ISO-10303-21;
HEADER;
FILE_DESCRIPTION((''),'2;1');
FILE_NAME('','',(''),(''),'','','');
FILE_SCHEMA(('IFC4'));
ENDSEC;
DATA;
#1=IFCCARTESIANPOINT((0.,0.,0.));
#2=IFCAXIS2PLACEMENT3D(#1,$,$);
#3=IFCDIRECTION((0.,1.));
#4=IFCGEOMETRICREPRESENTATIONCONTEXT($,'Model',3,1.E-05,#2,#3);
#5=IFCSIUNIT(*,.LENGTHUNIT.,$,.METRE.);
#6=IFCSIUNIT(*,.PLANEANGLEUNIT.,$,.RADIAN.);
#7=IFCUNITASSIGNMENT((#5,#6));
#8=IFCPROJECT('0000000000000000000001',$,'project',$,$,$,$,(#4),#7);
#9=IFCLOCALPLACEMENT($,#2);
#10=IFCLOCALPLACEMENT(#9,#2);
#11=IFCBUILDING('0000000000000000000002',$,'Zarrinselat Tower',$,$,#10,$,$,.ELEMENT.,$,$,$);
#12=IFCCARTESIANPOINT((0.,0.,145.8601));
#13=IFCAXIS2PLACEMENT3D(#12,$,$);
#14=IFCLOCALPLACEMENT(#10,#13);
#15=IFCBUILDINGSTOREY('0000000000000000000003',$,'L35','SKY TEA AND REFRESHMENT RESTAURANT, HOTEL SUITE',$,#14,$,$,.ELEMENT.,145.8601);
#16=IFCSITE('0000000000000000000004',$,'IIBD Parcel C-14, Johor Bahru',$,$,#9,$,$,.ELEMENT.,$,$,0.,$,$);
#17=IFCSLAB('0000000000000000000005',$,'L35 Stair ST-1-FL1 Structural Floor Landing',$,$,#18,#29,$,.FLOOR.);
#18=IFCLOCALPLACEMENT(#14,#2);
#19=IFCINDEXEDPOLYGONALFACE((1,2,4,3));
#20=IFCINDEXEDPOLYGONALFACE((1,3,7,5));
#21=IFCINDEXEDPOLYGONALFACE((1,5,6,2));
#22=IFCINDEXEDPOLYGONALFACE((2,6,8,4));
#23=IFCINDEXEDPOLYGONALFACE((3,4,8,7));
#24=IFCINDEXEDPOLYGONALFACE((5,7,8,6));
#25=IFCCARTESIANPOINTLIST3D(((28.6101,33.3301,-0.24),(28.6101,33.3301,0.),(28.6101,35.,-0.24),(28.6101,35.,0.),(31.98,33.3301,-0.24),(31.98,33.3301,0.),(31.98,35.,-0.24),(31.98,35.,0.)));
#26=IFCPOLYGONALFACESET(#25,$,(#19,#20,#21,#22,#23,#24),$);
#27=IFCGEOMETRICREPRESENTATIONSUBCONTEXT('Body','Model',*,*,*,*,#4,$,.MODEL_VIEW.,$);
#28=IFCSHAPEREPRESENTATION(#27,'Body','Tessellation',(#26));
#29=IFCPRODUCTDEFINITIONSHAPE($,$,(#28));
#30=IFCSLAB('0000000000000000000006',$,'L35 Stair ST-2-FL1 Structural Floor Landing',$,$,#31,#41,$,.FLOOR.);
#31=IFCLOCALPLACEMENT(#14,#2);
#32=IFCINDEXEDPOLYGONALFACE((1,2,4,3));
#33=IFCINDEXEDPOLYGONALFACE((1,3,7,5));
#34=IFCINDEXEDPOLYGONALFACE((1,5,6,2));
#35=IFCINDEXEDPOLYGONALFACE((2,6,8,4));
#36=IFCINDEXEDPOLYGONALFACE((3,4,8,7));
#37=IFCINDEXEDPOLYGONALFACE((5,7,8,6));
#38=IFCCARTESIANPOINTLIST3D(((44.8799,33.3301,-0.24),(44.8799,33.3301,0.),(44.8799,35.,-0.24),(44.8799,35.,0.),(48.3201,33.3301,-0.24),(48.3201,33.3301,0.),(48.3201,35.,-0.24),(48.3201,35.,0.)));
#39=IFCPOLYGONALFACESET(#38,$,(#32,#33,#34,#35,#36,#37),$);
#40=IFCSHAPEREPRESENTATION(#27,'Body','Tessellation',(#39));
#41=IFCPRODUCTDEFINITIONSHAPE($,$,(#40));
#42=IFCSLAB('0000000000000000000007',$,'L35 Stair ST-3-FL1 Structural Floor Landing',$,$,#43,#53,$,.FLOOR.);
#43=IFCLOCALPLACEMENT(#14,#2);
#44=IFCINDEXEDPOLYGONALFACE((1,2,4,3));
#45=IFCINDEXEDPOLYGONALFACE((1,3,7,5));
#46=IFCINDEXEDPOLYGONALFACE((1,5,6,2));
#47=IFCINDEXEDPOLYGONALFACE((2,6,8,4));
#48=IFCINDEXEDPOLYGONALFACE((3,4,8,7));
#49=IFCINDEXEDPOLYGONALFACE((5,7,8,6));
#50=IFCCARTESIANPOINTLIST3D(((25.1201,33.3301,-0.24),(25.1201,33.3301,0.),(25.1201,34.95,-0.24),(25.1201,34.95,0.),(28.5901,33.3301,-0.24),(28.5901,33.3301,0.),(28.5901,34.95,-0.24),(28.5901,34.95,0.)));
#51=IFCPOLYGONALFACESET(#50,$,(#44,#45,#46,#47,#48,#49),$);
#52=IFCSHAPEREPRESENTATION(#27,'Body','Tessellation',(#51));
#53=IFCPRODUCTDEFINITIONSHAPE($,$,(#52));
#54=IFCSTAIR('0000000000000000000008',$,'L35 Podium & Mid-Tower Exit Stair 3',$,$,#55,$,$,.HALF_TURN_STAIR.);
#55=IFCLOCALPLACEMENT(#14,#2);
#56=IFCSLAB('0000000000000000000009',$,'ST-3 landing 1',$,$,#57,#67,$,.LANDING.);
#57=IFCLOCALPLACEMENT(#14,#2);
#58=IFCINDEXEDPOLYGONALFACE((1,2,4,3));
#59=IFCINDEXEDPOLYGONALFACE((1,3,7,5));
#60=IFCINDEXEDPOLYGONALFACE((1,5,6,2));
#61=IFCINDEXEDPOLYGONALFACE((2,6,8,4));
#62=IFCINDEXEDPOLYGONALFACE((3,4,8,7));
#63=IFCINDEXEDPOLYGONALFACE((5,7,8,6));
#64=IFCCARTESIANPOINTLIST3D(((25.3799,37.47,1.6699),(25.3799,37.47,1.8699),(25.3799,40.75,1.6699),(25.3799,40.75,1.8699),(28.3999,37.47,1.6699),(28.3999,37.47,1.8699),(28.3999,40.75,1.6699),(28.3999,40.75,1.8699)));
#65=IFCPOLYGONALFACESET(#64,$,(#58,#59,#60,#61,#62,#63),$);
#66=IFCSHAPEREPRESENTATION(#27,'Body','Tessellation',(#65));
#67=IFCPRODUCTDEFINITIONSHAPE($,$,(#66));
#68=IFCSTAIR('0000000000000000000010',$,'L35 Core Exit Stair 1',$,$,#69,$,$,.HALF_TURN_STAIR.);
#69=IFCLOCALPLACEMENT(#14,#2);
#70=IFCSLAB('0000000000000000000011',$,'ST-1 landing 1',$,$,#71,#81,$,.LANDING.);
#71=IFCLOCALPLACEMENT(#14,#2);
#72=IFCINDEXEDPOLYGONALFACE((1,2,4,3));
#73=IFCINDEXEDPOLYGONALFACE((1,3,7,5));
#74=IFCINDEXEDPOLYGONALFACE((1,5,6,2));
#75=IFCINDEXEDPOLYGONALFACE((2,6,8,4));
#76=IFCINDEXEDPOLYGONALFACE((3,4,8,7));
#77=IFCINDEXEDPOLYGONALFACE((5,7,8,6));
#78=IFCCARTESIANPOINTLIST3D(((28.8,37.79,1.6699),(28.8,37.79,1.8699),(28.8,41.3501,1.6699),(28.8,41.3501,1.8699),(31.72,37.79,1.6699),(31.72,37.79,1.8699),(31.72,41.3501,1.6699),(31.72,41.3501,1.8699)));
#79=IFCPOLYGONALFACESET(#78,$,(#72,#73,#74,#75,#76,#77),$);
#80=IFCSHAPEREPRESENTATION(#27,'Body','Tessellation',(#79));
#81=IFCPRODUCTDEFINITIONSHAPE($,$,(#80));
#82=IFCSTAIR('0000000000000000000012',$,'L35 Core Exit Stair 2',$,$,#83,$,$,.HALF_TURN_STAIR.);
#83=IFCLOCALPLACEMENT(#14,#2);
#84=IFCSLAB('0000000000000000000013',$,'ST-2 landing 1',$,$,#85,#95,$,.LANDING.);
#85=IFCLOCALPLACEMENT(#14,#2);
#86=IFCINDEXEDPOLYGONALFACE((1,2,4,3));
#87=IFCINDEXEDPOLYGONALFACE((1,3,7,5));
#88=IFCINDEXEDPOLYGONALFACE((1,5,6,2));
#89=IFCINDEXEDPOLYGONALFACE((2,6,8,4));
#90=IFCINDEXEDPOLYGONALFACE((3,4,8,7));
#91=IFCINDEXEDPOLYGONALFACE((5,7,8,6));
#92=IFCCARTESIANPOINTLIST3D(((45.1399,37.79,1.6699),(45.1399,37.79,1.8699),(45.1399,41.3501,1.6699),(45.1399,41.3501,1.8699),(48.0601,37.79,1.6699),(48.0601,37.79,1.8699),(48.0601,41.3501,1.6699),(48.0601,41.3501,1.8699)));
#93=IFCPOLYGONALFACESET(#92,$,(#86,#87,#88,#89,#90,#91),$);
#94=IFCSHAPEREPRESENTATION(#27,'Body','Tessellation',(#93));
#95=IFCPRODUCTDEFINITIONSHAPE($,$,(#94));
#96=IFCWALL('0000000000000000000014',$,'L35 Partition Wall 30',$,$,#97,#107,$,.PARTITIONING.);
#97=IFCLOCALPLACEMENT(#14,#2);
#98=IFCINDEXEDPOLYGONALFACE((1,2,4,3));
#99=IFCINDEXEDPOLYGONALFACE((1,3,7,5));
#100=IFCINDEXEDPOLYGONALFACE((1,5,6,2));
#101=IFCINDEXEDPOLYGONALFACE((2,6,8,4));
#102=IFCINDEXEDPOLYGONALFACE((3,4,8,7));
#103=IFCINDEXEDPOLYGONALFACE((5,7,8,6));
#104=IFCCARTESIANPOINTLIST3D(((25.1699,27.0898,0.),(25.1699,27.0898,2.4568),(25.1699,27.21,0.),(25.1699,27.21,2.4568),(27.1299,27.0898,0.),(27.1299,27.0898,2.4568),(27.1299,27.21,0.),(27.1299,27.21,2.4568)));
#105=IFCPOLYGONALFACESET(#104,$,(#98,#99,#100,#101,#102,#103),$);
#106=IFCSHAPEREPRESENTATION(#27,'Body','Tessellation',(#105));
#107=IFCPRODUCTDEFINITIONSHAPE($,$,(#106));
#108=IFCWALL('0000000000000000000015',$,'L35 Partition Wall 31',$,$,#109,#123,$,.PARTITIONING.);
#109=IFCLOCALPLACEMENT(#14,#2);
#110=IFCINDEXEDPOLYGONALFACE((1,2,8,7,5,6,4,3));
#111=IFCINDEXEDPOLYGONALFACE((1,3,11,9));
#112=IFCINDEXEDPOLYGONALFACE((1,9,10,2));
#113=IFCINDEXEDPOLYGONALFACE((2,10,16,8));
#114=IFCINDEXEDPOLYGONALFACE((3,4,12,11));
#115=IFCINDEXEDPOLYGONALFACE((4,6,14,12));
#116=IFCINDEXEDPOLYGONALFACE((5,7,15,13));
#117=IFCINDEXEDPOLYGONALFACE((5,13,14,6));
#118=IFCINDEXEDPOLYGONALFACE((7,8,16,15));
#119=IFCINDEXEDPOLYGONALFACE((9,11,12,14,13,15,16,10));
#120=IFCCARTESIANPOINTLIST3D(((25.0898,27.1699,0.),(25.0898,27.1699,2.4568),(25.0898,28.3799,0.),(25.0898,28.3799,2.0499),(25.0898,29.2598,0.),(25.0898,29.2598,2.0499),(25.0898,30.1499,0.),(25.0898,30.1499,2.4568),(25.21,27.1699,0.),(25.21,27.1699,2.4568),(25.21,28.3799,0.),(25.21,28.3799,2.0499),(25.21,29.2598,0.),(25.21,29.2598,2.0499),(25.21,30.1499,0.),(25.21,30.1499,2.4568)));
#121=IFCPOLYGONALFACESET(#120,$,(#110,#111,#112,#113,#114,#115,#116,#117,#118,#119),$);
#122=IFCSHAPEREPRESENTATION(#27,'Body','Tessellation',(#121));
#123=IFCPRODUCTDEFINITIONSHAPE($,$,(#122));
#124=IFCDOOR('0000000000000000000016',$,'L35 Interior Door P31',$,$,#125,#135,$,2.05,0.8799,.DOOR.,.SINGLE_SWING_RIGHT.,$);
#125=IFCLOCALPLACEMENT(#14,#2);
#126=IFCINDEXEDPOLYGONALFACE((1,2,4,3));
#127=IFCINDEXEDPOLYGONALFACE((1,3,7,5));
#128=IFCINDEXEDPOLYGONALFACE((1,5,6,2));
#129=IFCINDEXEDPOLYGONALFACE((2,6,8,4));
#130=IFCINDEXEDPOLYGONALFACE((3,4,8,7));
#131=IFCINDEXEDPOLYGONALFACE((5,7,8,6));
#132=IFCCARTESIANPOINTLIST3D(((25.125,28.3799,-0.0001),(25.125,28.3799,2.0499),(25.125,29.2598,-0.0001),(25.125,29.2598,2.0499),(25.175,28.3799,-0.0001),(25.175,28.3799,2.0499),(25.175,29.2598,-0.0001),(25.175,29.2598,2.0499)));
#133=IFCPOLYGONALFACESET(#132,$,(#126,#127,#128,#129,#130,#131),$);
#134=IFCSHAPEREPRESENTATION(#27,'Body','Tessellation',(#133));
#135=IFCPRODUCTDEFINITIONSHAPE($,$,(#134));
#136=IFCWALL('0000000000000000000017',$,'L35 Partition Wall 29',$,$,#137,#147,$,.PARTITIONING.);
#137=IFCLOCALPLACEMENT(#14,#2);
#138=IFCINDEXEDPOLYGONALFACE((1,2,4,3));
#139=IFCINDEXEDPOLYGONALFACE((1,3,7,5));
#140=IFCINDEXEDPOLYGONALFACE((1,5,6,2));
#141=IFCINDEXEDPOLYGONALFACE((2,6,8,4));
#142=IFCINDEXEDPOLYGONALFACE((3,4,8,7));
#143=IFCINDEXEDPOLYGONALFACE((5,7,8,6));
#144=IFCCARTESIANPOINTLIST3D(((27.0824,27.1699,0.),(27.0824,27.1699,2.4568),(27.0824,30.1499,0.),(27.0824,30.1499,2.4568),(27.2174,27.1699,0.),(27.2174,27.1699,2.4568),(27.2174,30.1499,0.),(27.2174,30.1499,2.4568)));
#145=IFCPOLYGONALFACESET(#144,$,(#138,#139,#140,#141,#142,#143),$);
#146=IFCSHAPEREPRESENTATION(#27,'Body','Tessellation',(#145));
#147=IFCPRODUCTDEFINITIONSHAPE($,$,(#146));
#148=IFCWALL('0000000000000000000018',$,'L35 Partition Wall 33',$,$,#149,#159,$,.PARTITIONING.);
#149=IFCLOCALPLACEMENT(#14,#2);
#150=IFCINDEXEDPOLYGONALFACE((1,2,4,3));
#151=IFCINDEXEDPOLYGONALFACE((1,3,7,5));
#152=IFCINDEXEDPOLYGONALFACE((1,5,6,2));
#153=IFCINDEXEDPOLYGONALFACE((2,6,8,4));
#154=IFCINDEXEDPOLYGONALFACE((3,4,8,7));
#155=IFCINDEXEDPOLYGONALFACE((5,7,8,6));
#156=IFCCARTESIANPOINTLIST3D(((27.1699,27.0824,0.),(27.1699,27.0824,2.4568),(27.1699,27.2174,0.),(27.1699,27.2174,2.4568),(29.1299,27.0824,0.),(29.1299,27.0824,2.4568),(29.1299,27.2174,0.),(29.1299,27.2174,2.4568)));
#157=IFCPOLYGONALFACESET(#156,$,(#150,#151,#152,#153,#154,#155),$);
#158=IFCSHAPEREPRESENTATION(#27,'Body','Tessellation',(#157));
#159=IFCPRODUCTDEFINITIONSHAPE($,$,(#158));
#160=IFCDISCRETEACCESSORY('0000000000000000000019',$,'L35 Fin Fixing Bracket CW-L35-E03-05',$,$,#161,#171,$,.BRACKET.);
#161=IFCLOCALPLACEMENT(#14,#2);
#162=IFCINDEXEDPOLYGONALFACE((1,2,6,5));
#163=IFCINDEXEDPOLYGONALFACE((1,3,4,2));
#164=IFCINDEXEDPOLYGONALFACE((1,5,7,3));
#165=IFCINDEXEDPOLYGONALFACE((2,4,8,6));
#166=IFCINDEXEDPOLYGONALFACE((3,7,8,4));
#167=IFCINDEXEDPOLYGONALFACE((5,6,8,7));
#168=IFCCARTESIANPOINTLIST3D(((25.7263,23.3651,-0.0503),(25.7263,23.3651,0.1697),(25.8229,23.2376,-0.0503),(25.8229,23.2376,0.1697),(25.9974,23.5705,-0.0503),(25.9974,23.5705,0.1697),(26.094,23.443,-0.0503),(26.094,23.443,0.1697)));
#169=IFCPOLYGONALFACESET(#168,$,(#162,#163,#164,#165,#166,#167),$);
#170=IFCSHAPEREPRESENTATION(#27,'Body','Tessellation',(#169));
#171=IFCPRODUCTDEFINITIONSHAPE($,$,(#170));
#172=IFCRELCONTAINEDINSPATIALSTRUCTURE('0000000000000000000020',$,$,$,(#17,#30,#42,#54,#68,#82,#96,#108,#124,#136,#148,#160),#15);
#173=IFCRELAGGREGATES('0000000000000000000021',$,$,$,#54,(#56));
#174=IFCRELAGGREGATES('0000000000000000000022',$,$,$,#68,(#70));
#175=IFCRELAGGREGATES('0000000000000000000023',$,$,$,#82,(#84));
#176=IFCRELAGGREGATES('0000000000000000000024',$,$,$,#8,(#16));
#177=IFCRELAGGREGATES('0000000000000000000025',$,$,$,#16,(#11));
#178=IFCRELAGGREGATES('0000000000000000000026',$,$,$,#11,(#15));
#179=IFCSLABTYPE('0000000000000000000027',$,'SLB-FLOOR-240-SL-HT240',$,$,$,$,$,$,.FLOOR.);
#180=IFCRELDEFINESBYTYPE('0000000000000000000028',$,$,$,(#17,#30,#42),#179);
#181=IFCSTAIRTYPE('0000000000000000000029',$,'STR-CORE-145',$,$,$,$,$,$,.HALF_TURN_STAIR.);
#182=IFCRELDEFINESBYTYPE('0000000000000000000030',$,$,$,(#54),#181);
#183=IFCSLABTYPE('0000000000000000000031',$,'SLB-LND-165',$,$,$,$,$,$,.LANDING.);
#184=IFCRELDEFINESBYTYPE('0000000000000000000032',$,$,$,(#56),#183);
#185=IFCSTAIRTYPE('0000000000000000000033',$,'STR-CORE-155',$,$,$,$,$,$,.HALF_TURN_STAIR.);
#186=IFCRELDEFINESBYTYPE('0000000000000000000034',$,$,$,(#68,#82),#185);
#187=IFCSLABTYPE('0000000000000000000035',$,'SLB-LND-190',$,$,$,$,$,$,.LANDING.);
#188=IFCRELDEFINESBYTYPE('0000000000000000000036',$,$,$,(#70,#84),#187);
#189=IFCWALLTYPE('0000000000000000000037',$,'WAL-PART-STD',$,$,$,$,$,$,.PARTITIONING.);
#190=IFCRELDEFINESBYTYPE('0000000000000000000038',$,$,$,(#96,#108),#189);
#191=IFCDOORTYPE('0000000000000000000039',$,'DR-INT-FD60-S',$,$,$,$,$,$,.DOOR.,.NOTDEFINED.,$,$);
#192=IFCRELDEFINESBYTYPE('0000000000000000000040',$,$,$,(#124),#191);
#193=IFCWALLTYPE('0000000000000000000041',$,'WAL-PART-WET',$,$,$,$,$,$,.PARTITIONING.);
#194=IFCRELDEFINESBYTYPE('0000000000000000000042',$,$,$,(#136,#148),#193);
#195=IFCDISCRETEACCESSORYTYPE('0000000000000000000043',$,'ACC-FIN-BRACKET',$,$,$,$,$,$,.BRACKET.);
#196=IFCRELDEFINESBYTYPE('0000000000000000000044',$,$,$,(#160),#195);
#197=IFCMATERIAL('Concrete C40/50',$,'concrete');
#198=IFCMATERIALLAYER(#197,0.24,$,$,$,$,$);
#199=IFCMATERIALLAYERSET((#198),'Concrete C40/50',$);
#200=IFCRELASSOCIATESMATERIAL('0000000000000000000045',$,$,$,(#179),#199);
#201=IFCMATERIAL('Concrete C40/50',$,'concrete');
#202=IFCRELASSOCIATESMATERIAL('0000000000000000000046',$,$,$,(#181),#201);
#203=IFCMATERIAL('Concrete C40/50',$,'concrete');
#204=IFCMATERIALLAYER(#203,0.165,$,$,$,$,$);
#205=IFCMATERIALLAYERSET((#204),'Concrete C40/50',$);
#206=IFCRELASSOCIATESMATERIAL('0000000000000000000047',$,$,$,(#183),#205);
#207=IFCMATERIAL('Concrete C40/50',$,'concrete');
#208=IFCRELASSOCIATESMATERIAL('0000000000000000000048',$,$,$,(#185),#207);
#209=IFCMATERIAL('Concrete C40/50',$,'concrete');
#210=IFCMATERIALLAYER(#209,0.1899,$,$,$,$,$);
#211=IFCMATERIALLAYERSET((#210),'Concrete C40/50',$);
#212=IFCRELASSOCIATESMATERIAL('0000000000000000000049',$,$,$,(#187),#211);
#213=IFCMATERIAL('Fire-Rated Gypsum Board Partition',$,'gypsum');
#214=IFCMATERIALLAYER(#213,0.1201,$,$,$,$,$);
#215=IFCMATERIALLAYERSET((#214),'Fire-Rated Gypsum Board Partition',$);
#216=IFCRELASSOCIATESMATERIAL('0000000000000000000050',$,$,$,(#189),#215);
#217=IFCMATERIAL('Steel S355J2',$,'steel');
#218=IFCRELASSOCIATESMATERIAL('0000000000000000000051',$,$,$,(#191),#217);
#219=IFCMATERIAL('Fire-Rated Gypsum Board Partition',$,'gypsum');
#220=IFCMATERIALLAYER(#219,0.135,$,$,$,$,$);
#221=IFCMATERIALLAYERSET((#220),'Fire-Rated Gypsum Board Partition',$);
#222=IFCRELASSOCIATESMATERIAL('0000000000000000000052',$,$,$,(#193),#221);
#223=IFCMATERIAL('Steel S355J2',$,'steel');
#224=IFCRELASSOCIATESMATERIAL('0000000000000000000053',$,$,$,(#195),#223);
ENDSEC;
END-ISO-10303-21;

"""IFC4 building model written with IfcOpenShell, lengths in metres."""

from ifc_helpers import new_model, si_unit, direction, frame, frame_2d, origin, origin_2d, place, context, subcontext, project, spatial, polyline, rectangle, outline, extrude, material, layer, layer_set, type_object, element, fill, aggregate, save


model = new_model("IFC4")

# Units and contexts
model_context = context("Model", 3, precision=1e-05, world=origin(), true_north=direction((0.0, 1.0)))
body_context = subcontext(model_context, "Body", "Model", "MODEL_VIEW")
ifc_project = project(units=[si_unit("LENGTHUNIT", "METRE"), si_unit("PLANEANGLEUNIT", "RADIAN")], contexts=[model_context])

# Site, building, storey
site_placement = place(None, origin())
site = spatial("IfcSite", under=ifc_project, at=site_placement, Name="IIBD Parcel C-14, Johor Bahru", CompositionType="ELEMENT", RefElevation=0.0)
building_placement = place(site_placement, origin())
building = spatial("IfcBuilding", under=site, at=building_placement, Name="Zarrinselat Tower", CompositionType="ELEMENT")
storey_placement = place(building_placement, frame((0.0, 0.0, 145.8601)))
storey = spatial("IfcBuildingStorey", under=building, at=storey_placement, Name="L35", Description="SKY TEA AND REFRESHMENT RESTAURANT, HOTEL SUITE", CompositionType="ELEMENT", Elevation=145.8601)

# Slabs
ifc_material_1 = material(Name="Concrete C40/50", Category="concrete")
ifc_layer_1 = layer(ifc_material_1, 0.24)
ifc_layer_set_1 = layer_set([ifc_layer_1], Name="Concrete C40/50")
slab_type_1 = type_object("IfcSlabType", Name="SLB-FLOOR-240-SL-HT240", PredefinedType="FLOOR", material=ifc_layer_set_1)
slab_1_placement = place(storey_placement, frame((0.0, 0.0, -0.24)))
element("IfcSlab", 1, at=slab_1_placement, inside=storey, type_object=slab_type_1, Name="L35 Stair ST-1-FL1 Structural Floor Landing", PredefinedType="FLOOR", context=body_context, shape_type="SweptSolid", body=[
    extrude(outline(polyline([(31.98, 33.3301), (31.98, 35.0), (28.6101, 35.0), (28.6101, 33.3301), (31.98, 33.3301)])), origin(), (0.0, 0.0, 1.0), 0.24),
])
slab_2_placement = place(storey_placement, frame((0.0, 0.0, -0.24)))
element("IfcSlab", 2, at=slab_2_placement, inside=storey, type_object=slab_type_1, Name="L35 Stair ST-2-FL1 Structural Floor Landing", PredefinedType="FLOOR", context=body_context, shape_type="SweptSolid", body=[
    extrude(outline(polyline([(48.3201, 33.3301), (48.3201, 35.0), (44.8799, 35.0), (44.8799, 33.3301), (48.3201, 33.3301)])), origin(), (0.0, 0.0, 1.0), 0.24),
])
slab_3_placement = place(storey_placement, frame((0.0, 0.0, -0.24)))
element("IfcSlab", 3, at=slab_3_placement, inside=storey, type_object=slab_type_1, Name="L35 Stair ST-3-FL1 Structural Floor Landing", PredefinedType="FLOOR", context=body_context, shape_type="SweptSolid", body=[
    extrude(outline(polyline([(28.5901, 33.3301), (28.5901, 34.95), (25.1201, 34.95), (25.1201, 33.3301), (28.5901, 33.3301)])), origin(), (0.0, 0.0, 1.0), 0.24),
])

# Stairs, slabs
ifc_material_2 = material(Name="Concrete C40/50", Category="concrete")
stair_type_1 = type_object("IfcStairType", Name="STR-CORE-145", PredefinedType="HALF_TURN_STAIR", material=ifc_material_2)
stair_1_placement = place(storey_placement, origin())
stair_1 = element("IfcStair", 4, at=stair_1_placement, inside=storey, type_object=stair_type_1, Name="L35 Podium & Mid-Tower Exit Stair 3", PredefinedType="HALF_TURN_STAIR")
ifc_material_3 = material(Name="Concrete C40/50", Category="concrete")
ifc_layer_2 = layer(ifc_material_3, 0.165)
ifc_layer_set_2 = layer_set([ifc_layer_2], Name="Concrete C40/50")
slab_type_2 = type_object("IfcSlabType", Name="SLB-LND-165", PredefinedType="LANDING", material=ifc_layer_set_2)
slab_4_placement = place(storey_placement, frame((0.0, 0.0, 1.6699)))
slab_4 = element("IfcSlab", 5, at=slab_4_placement, type_object=slab_type_2, Name="ST-3 landing 1", PredefinedType="LANDING", context=body_context, shape_type="SweptSolid", body=[
    extrude(outline(polyline([(28.3999, 37.47), (28.3999, 40.75), (25.3799, 40.75), (25.3799, 37.47), (28.3999, 37.47)])), origin(), (0.0, 0.0, 1.0), 0.2),
])
aggregate(stair_1, [slab_4])
ifc_material_4 = material(Name="Concrete C40/50", Category="concrete")
stair_type_2 = type_object("IfcStairType", Name="STR-CORE-155", PredefinedType="HALF_TURN_STAIR", material=ifc_material_4)
stair_2_placement = place(storey_placement, origin())
stair_2 = element("IfcStair", 6, at=stair_2_placement, inside=storey, type_object=stair_type_2, Name="L35 Core Exit Stair 1", PredefinedType="HALF_TURN_STAIR")
ifc_material_5 = material(Name="Concrete C40/50", Category="concrete")
ifc_layer_3 = layer(ifc_material_5, 0.1899)
ifc_layer_set_3 = layer_set([ifc_layer_3], Name="Concrete C40/50")
slab_type_3 = type_object("IfcSlabType", Name="SLB-LND-190", PredefinedType="LANDING", material=ifc_layer_set_3)
slab_5_placement = place(storey_placement, frame((0.0, 0.0, 1.6699)))
slab_5 = element("IfcSlab", 7, at=slab_5_placement, type_object=slab_type_3, Name="ST-1 landing 1", PredefinedType="LANDING", context=body_context, shape_type="SweptSolid", body=[
    extrude(outline(polyline([(31.72, 37.79), (31.72, 41.3501), (28.8, 41.3501), (28.8, 37.79), (31.72, 37.79)])), origin(), (0.0, 0.0, 1.0), 0.2),
])
aggregate(stair_2, [slab_5])
stair_3_placement = place(storey_placement, origin())
stair_3 = element("IfcStair", 8, at=stair_3_placement, inside=storey, type_object=stair_type_2, Name="L35 Core Exit Stair 2", PredefinedType="HALF_TURN_STAIR")
slab_6_placement = place(storey_placement, frame((0.0, 0.0, 1.6699)))
slab_6 = element("IfcSlab", 9, at=slab_6_placement, type_object=slab_type_3, Name="ST-2 landing 1", PredefinedType="LANDING", context=body_context, shape_type="SweptSolid", body=[
    extrude(outline(polyline([(48.0601, 37.79), (48.0601, 41.3501), (45.1399, 41.3501), (45.1399, 37.79), (48.0601, 37.79)])), origin(), (0.0, 0.0, 1.0), 0.2),
])
aggregate(stair_3, [slab_6])

# Wall
ifc_material_6 = material(Name="Fire-Rated Gypsum Board Partition", Category="gypsum")
ifc_layer_4 = layer(ifc_material_6, 0.1201)
ifc_layer_set_4 = layer_set([ifc_layer_4], Name="Fire-Rated Gypsum Board Partition")
wall_type_1 = type_object("IfcWallType", Name="WAL-PART-STD", PredefinedType="PARTITIONING", material=ifc_layer_set_4)
wall_1_placement = place(storey_placement, frame((25.1699, 27.1499, 0.0), z_axis=(0.0, 0.0, 1.0), x_axis=(1.0, 0.0, 0.0)))
element("IfcWall", 10, at=wall_1_placement, inside=storey, type_object=wall_type_1, Name="L35 Partition Wall 30", PredefinedType="PARTITIONING", context=body_context, shape_type="SweptSolid", body=[
    extrude(rectangle(XDim=1.96, YDim=0.1201, at=frame_2d((0.98, 0.0))), origin(), (0.0, 0.0, 1.0), 2.4568),
])

# Wall, opening, door
wall_2_placement = place(storey_placement, frame((25.1499, 27.1699, 0.0), z_axis=(0.0, 0.0, 1.0), x_axis=(0.0, 1.0, 0.0)))
wall_2 = element("IfcWall", 11, at=wall_2_placement, inside=storey, type_object=wall_type_1, Name="L35 Partition Wall 31", PredefinedType="PARTITIONING", context=body_context, shape_type="SweptSolid", body=[
    extrude(rectangle(XDim=2.98, YDim=0.1201, at=frame_2d((1.49, 0.0))), origin(), (0.0, 0.0, 1.0), 2.4568),
])
opening_placement = place(wall_2_placement, frame((1.21, 0.0, 0.0)))
opening = element("IfcOpeningElement", 12, at=opening_placement, cuts=wall_2, PredefinedType="OPENING", context=body_context, shape_type="SweptSolid", body=[
    extrude(rectangle(XDim=0.8799, YDim=2.05, at=frame_2d((0.4399, 1.0249))), frame((0.0, 0.0701, 0.0), z_axis=(0.0, -1.0, 0.0), x_axis=(1.0, 0.0, 0.0)), (0.0, 0.0, 1.0), 0.1401),
])
ifc_material_7 = material(Name="Steel S355J2", Category="steel")
door_type = type_object("IfcDoorType", Name="DR-INT-FD60-S", OperationType="NOTDEFINED", PredefinedType="DOOR", material=ifc_material_7)
door_placement = place(opening_placement, origin())
door = element("IfcDoor", 13, at=door_placement, inside=storey, type_object=door_type, Name="L35 Interior Door P31", OperationType="SINGLE_SWING_RIGHT", OverallHeight=2.05, OverallWidth=0.8799, PredefinedType="DOOR", context=body_context, shape_type="SweptSolid", body=[
    extrude(rectangle(XDim=0.8799, YDim=2.05, at=frame_2d((0.4399, 1.0249))), frame((0.0, 0.0249, 0.0), z_axis=(0.0, -1.0, 0.0), x_axis=(1.0, 0.0, 0.0)), (0.0, 0.0, 1.0), 0.05),
])
fill(opening, door)

# Walls
ifc_material_8 = material(Name="Fire-Rated Gypsum Board Partition", Category="gypsum")
ifc_layer_5 = layer(ifc_material_8, 0.135)
ifc_layer_set_5 = layer_set([ifc_layer_5], Name="Fire-Rated Gypsum Board Partition")
wall_type_2 = type_object("IfcWallType", Name="WAL-PART-WET", PredefinedType="PARTITIONING", material=ifc_layer_set_5)
wall_3_placement = place(storey_placement, frame((27.1499, 27.1699, 0.0), z_axis=(0.0, 0.0, 1.0), x_axis=(0.0, 1.0, 0.0)))
element("IfcWall", 14, at=wall_3_placement, inside=storey, type_object=wall_type_2, Name="L35 Partition Wall 29", PredefinedType="PARTITIONING", context=body_context, shape_type="SweptSolid", body=[
    extrude(rectangle(XDim=2.98, YDim=0.135, at=frame_2d((1.49, 0.0))), origin(), (0.0, 0.0, 1.0), 2.4568),
])
wall_4_placement = place(storey_placement, frame((27.1699, 27.1499, 0.0), z_axis=(0.0, 0.0, 1.0), x_axis=(1.0, 0.0, 0.0)))
element("IfcWall", 15, at=wall_4_placement, inside=storey, type_object=wall_type_2, Name="L35 Partition Wall 33", PredefinedType="PARTITIONING", context=body_context, shape_type="SweptSolid", body=[
    extrude(rectangle(XDim=1.96, YDim=0.135, at=frame_2d((0.98, 0.0))), origin(), (0.0, 0.0, 1.0), 2.4568),
])

# Discrete accessory
ifc_material_9 = material(Name="Steel S355J2", Category="steel")
discrete_accessory_type = type_object("IfcDiscreteAccessoryType", Name="ACC-FIN-BRACKET", PredefinedType="BRACKET", material=ifc_material_9)
discrete_accessory_placement = place(storey_placement, frame((25.9102, 23.4041, -0.0503), z_axis=(0.0, 0.0, 1.0), x_axis=(-0.797093, -0.603857, 0.0)))
element("IfcDiscreteAccessory", 16, at=discrete_accessory_placement, inside=storey, type_object=discrete_accessory_type, Name="L35 Fin Fixing Bracket CW-L35-E03-05", PredefinedType="BRACKET", context=body_context, shape_type="SweptSolid", body=[
    extrude(rectangle(XDim=0.3401, YDim=0.1599, at=origin_2d()), origin(), (0.0, 0.0, 1.0), 0.22),
])

save(model, "model.ifc")
